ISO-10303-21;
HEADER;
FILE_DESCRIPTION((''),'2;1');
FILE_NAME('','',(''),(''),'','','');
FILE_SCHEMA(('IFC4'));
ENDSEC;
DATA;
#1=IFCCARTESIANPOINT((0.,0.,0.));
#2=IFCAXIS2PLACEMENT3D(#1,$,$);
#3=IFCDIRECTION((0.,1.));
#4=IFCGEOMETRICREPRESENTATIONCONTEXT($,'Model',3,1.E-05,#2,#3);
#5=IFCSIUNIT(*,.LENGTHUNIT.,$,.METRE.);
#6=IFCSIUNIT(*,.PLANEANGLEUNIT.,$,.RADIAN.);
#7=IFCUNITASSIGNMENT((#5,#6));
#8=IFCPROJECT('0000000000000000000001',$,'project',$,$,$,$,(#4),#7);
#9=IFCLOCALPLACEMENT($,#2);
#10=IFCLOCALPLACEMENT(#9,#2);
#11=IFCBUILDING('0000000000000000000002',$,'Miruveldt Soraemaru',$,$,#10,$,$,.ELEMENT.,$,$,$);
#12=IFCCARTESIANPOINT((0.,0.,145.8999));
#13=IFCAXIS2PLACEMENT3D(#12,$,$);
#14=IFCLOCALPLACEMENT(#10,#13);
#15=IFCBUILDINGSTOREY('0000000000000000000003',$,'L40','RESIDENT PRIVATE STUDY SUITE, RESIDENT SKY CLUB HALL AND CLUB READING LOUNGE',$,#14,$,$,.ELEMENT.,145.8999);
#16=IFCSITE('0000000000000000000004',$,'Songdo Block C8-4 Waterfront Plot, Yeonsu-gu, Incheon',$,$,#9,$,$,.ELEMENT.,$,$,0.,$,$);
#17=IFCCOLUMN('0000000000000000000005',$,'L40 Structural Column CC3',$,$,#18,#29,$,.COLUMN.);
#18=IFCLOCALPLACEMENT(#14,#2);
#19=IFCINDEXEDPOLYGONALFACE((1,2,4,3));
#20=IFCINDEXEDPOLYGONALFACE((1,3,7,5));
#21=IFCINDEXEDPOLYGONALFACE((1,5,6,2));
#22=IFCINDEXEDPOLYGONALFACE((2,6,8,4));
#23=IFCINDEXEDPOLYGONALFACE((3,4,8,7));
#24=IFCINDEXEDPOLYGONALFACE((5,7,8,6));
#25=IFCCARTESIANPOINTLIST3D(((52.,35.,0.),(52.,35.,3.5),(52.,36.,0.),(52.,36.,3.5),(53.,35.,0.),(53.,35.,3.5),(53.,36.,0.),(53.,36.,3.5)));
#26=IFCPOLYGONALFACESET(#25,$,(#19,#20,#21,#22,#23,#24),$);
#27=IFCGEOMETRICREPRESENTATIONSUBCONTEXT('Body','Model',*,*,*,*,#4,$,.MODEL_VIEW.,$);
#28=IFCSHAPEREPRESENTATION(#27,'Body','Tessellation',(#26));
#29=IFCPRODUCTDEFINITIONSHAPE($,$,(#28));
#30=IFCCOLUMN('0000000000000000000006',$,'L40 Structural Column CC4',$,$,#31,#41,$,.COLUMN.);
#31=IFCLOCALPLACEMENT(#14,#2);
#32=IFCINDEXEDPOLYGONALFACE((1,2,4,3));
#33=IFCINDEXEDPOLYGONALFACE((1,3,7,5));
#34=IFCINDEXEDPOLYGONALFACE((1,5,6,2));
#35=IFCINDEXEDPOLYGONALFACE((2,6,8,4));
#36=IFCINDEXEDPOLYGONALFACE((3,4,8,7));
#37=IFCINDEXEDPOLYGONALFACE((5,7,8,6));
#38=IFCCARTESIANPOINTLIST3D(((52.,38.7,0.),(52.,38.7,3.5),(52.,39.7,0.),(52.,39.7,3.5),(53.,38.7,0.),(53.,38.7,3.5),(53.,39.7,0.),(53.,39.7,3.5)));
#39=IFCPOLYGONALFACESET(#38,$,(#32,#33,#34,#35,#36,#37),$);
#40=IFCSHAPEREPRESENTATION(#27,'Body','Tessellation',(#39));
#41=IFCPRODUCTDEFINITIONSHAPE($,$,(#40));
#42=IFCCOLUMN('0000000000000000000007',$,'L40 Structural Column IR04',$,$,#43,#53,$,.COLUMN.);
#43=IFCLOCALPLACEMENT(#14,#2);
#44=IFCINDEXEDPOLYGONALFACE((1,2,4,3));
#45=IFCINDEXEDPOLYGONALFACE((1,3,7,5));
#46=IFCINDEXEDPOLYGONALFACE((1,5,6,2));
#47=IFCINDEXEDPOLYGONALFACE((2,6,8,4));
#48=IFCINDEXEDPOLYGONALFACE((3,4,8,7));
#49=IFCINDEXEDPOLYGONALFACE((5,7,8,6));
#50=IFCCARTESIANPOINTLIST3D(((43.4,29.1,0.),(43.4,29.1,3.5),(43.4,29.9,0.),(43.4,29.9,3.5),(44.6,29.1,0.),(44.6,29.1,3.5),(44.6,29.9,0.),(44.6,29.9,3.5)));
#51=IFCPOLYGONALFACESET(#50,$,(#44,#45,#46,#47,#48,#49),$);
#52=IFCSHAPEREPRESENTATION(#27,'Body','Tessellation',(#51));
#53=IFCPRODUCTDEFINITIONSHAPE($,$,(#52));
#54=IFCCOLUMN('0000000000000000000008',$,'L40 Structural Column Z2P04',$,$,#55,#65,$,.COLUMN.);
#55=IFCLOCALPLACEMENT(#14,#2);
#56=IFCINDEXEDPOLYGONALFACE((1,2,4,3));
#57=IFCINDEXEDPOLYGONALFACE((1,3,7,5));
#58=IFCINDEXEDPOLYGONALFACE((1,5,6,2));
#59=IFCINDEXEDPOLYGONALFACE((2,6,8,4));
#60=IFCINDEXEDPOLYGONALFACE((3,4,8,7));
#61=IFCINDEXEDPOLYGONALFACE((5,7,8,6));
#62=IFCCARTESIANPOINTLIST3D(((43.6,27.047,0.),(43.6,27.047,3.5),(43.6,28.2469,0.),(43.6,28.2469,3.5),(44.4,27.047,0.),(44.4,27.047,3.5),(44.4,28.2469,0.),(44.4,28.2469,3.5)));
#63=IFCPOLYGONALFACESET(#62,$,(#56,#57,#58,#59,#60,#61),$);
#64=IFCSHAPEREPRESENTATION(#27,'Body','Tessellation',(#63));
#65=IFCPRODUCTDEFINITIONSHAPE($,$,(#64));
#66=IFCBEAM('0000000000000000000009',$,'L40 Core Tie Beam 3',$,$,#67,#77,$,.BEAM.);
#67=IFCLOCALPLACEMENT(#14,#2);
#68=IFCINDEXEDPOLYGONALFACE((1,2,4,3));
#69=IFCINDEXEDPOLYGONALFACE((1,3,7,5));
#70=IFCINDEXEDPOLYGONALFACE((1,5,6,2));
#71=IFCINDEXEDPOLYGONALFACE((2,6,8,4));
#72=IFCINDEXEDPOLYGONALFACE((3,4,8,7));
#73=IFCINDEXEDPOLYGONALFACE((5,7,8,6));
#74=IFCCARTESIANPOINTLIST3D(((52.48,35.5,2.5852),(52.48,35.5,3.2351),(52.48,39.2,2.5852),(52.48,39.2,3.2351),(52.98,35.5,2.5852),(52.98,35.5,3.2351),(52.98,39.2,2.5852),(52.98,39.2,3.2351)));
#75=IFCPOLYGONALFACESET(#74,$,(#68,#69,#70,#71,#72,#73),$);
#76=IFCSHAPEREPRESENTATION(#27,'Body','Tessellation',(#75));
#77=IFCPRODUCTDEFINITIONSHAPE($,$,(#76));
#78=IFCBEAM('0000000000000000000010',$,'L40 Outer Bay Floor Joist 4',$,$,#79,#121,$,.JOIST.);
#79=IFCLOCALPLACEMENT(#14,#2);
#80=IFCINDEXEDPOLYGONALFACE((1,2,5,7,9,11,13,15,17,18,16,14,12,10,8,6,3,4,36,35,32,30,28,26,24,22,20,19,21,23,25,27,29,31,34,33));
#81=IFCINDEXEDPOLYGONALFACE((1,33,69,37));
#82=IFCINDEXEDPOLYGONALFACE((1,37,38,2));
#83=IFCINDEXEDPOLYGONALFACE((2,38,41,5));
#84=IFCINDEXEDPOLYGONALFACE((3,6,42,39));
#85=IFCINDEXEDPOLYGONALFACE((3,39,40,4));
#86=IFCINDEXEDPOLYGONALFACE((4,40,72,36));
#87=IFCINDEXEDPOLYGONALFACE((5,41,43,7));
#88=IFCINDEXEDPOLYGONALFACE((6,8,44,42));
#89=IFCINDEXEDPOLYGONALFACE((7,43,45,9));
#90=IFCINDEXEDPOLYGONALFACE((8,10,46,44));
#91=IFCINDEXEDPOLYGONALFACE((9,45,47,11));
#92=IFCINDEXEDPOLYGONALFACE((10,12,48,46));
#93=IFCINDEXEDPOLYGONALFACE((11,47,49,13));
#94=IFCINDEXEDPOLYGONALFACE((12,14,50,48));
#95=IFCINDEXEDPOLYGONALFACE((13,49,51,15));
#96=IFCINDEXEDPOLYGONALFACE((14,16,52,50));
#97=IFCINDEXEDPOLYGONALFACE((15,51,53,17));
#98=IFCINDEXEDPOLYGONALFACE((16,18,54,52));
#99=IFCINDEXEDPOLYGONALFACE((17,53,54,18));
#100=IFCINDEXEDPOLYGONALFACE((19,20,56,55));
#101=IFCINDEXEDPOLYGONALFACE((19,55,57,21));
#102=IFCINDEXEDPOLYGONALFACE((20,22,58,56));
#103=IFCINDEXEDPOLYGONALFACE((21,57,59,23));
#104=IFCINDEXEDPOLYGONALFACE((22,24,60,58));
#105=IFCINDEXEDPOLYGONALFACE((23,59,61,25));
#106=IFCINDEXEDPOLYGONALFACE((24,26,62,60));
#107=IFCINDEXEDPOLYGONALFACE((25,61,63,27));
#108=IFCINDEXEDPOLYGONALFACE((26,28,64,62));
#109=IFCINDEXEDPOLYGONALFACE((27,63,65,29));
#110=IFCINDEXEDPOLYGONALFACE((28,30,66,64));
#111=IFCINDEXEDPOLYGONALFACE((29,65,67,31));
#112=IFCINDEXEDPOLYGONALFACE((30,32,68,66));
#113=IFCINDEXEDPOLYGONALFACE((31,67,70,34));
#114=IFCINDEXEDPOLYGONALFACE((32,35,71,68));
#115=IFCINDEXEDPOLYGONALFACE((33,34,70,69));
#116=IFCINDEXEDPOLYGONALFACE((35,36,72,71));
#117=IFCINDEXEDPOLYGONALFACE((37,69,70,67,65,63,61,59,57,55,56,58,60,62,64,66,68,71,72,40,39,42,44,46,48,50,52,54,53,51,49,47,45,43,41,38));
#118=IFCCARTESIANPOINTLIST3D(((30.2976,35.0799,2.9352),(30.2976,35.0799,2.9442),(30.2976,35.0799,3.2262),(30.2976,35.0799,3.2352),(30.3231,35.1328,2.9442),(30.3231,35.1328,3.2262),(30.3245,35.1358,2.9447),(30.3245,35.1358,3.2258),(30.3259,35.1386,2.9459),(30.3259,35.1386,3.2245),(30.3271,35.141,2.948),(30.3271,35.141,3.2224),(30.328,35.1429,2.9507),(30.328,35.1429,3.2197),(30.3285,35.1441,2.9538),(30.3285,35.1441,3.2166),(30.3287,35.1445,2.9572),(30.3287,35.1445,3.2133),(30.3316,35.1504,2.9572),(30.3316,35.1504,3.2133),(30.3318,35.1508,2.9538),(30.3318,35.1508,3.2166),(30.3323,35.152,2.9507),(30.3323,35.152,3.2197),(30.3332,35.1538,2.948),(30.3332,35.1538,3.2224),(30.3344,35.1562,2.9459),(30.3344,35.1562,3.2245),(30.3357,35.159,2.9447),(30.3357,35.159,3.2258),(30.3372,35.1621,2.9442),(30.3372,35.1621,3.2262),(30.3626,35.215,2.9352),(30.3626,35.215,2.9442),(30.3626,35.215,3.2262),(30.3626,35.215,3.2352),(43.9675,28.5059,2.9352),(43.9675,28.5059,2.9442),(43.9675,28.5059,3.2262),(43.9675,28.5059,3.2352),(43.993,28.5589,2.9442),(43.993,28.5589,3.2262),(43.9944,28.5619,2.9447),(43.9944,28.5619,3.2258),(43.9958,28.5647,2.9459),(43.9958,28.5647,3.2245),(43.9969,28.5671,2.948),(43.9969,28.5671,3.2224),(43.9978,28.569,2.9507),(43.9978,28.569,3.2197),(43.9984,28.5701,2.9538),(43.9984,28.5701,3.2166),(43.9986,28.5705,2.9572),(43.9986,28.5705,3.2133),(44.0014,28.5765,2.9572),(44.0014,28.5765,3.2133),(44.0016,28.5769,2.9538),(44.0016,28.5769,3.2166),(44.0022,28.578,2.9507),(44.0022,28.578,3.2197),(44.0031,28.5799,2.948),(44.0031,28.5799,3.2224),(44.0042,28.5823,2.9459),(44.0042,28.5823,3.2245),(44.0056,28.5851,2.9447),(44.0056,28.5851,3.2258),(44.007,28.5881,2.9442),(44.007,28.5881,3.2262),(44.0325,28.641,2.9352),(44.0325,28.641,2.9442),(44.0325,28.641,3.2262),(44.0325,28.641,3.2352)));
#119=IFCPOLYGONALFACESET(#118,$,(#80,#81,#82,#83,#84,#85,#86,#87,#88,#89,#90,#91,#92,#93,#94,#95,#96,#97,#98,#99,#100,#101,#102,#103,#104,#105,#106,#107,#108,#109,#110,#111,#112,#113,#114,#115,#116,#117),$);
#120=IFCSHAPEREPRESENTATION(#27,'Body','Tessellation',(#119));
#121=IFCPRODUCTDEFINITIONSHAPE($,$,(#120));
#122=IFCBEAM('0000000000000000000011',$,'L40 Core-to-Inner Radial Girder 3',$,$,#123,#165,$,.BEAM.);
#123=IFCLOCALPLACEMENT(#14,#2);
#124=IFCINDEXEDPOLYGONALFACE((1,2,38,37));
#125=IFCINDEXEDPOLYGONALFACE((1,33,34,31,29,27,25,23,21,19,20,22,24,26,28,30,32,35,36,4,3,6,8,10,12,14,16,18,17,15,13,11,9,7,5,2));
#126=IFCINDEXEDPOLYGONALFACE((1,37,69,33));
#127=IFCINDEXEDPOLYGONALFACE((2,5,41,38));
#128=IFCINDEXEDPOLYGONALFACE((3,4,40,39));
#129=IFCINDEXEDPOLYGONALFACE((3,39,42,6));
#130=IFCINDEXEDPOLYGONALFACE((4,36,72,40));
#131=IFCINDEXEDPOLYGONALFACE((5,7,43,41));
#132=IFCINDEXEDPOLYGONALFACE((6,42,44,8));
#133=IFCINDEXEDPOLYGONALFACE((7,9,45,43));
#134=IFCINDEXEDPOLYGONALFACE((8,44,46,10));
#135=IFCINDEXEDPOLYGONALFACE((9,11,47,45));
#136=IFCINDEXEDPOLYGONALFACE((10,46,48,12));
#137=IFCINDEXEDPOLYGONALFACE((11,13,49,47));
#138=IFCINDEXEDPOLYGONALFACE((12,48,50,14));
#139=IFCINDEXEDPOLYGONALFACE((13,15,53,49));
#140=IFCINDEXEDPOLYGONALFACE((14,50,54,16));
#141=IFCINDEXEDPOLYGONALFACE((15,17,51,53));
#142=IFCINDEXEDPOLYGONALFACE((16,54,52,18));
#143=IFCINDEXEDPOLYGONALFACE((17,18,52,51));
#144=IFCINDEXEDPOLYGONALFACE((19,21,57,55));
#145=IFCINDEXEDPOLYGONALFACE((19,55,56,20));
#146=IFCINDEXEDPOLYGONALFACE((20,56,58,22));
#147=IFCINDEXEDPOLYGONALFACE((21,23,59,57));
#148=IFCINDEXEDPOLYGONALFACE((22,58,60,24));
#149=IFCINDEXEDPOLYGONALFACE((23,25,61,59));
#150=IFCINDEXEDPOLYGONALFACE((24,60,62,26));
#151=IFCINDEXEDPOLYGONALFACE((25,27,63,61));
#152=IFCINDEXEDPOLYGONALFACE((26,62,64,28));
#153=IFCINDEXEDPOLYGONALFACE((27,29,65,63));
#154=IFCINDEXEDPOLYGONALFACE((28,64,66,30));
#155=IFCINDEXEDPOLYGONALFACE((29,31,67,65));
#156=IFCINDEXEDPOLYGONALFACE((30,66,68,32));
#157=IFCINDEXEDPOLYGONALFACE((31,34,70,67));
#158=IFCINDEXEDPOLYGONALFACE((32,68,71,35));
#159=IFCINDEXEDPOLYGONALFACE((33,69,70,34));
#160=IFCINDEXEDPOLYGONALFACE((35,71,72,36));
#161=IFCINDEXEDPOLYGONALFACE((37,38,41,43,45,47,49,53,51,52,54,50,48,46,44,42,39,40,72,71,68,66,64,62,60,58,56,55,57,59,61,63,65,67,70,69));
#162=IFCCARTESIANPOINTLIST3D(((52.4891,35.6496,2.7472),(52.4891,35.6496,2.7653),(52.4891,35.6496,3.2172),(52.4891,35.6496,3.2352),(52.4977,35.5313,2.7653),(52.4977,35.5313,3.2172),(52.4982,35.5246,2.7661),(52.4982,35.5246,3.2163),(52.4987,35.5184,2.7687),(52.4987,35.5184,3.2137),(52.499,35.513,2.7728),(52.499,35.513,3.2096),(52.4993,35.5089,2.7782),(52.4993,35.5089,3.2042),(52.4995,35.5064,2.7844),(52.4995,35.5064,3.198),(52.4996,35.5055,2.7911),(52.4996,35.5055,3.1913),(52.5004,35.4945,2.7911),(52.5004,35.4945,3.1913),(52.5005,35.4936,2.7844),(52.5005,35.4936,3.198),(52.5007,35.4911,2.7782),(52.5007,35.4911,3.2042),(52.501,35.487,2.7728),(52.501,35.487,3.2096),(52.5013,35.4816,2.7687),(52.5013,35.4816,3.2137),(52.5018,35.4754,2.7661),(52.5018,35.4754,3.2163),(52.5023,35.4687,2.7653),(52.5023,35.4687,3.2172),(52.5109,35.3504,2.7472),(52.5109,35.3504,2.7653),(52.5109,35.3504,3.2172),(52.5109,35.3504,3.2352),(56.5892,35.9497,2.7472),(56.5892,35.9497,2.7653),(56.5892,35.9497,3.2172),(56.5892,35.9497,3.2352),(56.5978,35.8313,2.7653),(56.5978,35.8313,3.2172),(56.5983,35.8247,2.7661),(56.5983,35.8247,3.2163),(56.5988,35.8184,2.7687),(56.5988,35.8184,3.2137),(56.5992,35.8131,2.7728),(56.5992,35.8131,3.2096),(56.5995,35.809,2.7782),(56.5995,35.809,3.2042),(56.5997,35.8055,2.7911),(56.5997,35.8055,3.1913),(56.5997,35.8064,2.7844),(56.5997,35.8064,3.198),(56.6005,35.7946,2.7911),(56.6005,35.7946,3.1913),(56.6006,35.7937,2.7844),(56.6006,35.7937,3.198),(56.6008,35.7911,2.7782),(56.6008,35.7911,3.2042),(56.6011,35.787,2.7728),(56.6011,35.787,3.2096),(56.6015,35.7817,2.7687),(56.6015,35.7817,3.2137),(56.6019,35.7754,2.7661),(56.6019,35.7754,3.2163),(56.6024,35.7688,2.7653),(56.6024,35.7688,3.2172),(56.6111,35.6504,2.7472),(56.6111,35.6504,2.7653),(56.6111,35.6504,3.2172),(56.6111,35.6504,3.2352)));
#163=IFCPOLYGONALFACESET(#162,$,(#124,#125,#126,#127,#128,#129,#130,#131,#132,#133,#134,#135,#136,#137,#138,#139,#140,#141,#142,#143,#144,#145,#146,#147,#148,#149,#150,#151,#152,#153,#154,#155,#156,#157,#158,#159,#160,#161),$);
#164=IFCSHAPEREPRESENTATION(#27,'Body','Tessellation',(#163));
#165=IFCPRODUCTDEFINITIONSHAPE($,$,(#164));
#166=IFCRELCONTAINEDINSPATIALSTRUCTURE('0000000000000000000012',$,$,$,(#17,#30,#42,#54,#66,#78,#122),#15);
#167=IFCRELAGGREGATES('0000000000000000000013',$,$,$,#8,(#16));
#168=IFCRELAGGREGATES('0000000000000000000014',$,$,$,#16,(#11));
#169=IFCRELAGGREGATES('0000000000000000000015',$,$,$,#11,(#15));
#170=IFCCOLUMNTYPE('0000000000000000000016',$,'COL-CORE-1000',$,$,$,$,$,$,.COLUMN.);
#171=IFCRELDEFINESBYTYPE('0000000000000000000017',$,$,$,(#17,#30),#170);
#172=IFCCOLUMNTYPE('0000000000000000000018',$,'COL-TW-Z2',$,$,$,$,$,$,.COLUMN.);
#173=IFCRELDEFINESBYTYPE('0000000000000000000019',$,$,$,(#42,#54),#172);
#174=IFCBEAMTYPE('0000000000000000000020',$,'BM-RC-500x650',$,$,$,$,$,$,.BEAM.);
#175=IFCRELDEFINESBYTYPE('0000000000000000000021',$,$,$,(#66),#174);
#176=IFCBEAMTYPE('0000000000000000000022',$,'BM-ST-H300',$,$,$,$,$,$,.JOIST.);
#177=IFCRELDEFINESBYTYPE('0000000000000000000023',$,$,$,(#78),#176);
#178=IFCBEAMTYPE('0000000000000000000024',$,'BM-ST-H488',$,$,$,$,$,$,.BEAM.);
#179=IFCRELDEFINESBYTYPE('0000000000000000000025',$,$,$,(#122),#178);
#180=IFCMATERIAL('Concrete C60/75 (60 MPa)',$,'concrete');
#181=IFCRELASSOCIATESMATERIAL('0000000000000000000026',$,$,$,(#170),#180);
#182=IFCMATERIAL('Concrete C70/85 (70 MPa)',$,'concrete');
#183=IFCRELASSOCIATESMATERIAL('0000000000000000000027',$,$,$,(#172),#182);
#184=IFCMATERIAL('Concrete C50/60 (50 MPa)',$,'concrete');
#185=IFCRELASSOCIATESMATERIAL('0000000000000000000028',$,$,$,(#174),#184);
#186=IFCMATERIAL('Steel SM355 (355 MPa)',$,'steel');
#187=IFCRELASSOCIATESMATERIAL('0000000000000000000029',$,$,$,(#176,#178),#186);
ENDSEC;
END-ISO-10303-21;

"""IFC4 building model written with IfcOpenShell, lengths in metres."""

from ifc_helpers import new_model, si_unit, direction, frame, origin, origin_2d, place, context, subcontext, project, spatial, rectangle, i_section, extrude, material, material_profile, profile_set, type_object, element, save


model = new_model("IFC4")

# Units and contexts
model_context = context("Model", 3, precision=1e-05, world=origin(), true_north=direction((0.0, 1.0)))
body_context = subcontext(model_context, "Body", "Model", "MODEL_VIEW")
ifc_project = project(units=[si_unit("LENGTHUNIT", "METRE"), si_unit("PLANEANGLEUNIT", "RADIAN")], contexts=[model_context])

# Site, building, storey
site_placement = place(None, origin())
site = spatial("IfcSite", under=ifc_project, at=site_placement, Name="Songdo Block C8-4 Waterfront Plot, Yeonsu-gu, Incheon", CompositionType="ELEMENT", RefElevation=0.0)
building_placement = place(site_placement, origin())
building = spatial("IfcBuilding", under=site, at=building_placement, Name="Miruveldt Soraemaru", CompositionType="ELEMENT")
storey_placement = place(building_placement, frame((0.0, 0.0, 145.8999)))
storey = spatial("IfcBuildingStorey", under=building, at=storey_placement, Name="L40", Description="RESIDENT PRIVATE STUDY SUITE, RESIDENT SKY CLUB HALL AND CLUB READING LOUNGE", CompositionType="ELEMENT", Elevation=145.8999)

# Columns
ifc_material_1 = material(Name="Concrete C60/75 (60 MPa)", Category="concrete")
ifc_material_profile_1 = material_profile(ifc_material_1, rectangle(XDim=1.0, YDim=1.0, at=origin_2d()), Name="Concrete C60/75 (60 MPa)", Category="concrete")
ifc_profile_set_1 = profile_set([ifc_material_profile_1], Name="Concrete C60/75 (60 MPa)")
column_type_1 = type_object("IfcColumnType", Name="COL-CORE-1000", PredefinedType="COLUMN", material=ifc_profile_set_1)
for number, where, z_axis, x_axis, name in (
    (1, (52.5, 35.5, 0.0), (0.0, 0.0, 1.0), (1.0, 0.0, 0.0), "L40 Structural Column CC3"),
    (2, (52.5, 39.2, 0.0), (0.0, 0.0, 1.0), (1.0, 0.0, 0.0), "L40 Structural Column CC4"),
):
    element("IfcColumn", number, at=place(storey_placement, frame(where, z_axis=z_axis, x_axis=x_axis)), inside=storey, type_object=column_type_1, Name=name, PredefinedType="COLUMN", context=body_context, shape_type="SweptSolid", body=[
        extrude(rectangle(XDim=1.0, YDim=1.0, at=origin_2d()), origin(), (0.0, 0.0, 1.0), 3.5),
    ])
ifc_material_2 = material(Name="Concrete C70/85 (70 MPa)", Category="concrete")
ifc_material_profile_2 = material_profile(ifc_material_2, rectangle(XDim=1.2, YDim=0.8, at=origin_2d()), Name="Concrete C70/85 (70 MPa)", Category="concrete")
ifc_profile_set_2 = profile_set([ifc_material_profile_2], Name="Concrete C70/85 (70 MPa)")
column_type_2 = type_object("IfcColumnType", Name="COL-TW-Z2", PredefinedType="COLUMN", material=ifc_profile_set_2)
for number, where, z_axis, x_axis, name in (
    (3, (44.0, 29.5, 0.0), (0.0, 0.0, 1.0), (1.0, 0.0, 0.0), "L40 Structural Column IR04"),
    (4, (44.0, 27.647, 0.0), (0.0, 0.0, 1.0), (0.0, 1.0, 0.0), "L40 Structural Column Z2P04"),
):
    element("IfcColumn", number, at=place(storey_placement, frame(where, z_axis=z_axis, x_axis=x_axis)), inside=storey, type_object=column_type_2, Name=name, PredefinedType="COLUMN", context=body_context, shape_type="SweptSolid", body=[
        extrude(rectangle(XDim=1.2, YDim=0.8, at=origin_2d()), origin(), (0.0, 0.0, 1.0), 3.5),
    ])

# Beams
ifc_material_3 = material(Name="Concrete C50/60 (50 MPa)", Category="concrete")
ifc_material_profile_3 = material_profile(ifc_material_3, rectangle(XDim=0.5, YDim=0.6499, at=origin_2d()), Name="Concrete C50/60 (50 MPa)", Category="concrete")
ifc_profile_set_3 = profile_set([ifc_material_profile_3], Name="Concrete C50/60 (50 MPa)")
beam_type_1 = type_object("IfcBeamType", Name="BM-RC-500x650", PredefinedType="BEAM", material=ifc_profile_set_3)
beam_1_placement = place(storey_placement, frame((52.73, 35.5, 2.9102), z_axis=(0.0, 1.0, 0.0), x_axis=(-1.0, 0.0, 0.0)))
element("IfcBeam", 5, at=beam_1_placement, inside=storey, type_object=beam_type_1, Name="L40 Core Tie Beam 3", PredefinedType="BEAM", context=body_context, shape_type="SweptSolid", body=[
    extrude(rectangle(XDim=0.5, YDim=0.6499, at=origin_2d()), origin(), (0.0, 0.0, 1.0), 3.7),
])
ifc_material_4 = material(Name="Steel SM355 (355 MPa)", Category="steel")
ifc_material_profile_4 = material_profile(ifc_material_4, i_section(OverallWidth=0.1499, OverallDepth=0.3, WebThickness=0.0066, FlangeThickness=0.009, FilletRadius=0.0129, at=origin_2d()), Name="Steel SM355 (355 MPa)", Category="steel")
ifc_profile_set_4 = profile_set([ifc_material_profile_4], Name="Steel SM355 (355 MPa)")
beam_type_2 = type_object("IfcBeamType", Name="BM-ST-H300", PredefinedType="JOIST", material=ifc_profile_set_4)
beam_2_placement = place(storey_placement, frame((44.0, 28.5735, 3.0852), z_axis=(-0.901204, 0.433396, 0.0), x_axis=(-0.433396, -0.901204, 0.0)))
element("IfcBeam", 6, at=beam_2_placement, inside=storey, type_object=beam_type_2, Name="L40 Outer Bay Floor Joist 4", PredefinedType="JOIST", context=body_context, shape_type="SweptSolid", body=[
    extrude(i_section(OverallWidth=0.1499, OverallDepth=0.3, WebThickness=0.0066, FlangeThickness=0.009, FilletRadius=0.0129, at=origin_2d()), origin(), (0.0, 0.0, 1.0), 15.1685),
])
ifc_material_profile_5 = material_profile(ifc_material_4, i_section(OverallWidth=0.3, OverallDepth=0.488, WebThickness=0.011, FlangeThickness=0.0181, FilletRadius=0.0259, at=origin_2d()), Name="Steel SM355 (355 MPa)", Category="steel")
ifc_profile_set_5 = profile_set([ifc_material_profile_5], Name="Steel SM355 (355 MPa)")
beam_type_3 = type_object("IfcBeamType", Name="BM-ST-H488", PredefinedType="BEAM", material=ifc_profile_set_5)
beam_3_placement = place(storey_placement, frame((52.5, 35.5, 2.9912), z_axis=(0.997333, 0.072986, 0.0), x_axis=(-0.072986, 0.997333, 0.0)))
element("IfcBeam", 7, at=beam_3_placement, inside=storey, type_object=beam_type_3, Name="L40 Core-to-Inner Radial Girder 3", PredefinedType="BEAM", context=body_context, shape_type="SweptSolid", body=[
    extrude(i_section(OverallWidth=0.3, OverallDepth=0.488, WebThickness=0.011, FlangeThickness=0.0181, FilletRadius=0.0259, at=origin_2d()), origin(), (0.0, 0.0, 1.0), 4.1111),
])

save(model, "model.ifc")
